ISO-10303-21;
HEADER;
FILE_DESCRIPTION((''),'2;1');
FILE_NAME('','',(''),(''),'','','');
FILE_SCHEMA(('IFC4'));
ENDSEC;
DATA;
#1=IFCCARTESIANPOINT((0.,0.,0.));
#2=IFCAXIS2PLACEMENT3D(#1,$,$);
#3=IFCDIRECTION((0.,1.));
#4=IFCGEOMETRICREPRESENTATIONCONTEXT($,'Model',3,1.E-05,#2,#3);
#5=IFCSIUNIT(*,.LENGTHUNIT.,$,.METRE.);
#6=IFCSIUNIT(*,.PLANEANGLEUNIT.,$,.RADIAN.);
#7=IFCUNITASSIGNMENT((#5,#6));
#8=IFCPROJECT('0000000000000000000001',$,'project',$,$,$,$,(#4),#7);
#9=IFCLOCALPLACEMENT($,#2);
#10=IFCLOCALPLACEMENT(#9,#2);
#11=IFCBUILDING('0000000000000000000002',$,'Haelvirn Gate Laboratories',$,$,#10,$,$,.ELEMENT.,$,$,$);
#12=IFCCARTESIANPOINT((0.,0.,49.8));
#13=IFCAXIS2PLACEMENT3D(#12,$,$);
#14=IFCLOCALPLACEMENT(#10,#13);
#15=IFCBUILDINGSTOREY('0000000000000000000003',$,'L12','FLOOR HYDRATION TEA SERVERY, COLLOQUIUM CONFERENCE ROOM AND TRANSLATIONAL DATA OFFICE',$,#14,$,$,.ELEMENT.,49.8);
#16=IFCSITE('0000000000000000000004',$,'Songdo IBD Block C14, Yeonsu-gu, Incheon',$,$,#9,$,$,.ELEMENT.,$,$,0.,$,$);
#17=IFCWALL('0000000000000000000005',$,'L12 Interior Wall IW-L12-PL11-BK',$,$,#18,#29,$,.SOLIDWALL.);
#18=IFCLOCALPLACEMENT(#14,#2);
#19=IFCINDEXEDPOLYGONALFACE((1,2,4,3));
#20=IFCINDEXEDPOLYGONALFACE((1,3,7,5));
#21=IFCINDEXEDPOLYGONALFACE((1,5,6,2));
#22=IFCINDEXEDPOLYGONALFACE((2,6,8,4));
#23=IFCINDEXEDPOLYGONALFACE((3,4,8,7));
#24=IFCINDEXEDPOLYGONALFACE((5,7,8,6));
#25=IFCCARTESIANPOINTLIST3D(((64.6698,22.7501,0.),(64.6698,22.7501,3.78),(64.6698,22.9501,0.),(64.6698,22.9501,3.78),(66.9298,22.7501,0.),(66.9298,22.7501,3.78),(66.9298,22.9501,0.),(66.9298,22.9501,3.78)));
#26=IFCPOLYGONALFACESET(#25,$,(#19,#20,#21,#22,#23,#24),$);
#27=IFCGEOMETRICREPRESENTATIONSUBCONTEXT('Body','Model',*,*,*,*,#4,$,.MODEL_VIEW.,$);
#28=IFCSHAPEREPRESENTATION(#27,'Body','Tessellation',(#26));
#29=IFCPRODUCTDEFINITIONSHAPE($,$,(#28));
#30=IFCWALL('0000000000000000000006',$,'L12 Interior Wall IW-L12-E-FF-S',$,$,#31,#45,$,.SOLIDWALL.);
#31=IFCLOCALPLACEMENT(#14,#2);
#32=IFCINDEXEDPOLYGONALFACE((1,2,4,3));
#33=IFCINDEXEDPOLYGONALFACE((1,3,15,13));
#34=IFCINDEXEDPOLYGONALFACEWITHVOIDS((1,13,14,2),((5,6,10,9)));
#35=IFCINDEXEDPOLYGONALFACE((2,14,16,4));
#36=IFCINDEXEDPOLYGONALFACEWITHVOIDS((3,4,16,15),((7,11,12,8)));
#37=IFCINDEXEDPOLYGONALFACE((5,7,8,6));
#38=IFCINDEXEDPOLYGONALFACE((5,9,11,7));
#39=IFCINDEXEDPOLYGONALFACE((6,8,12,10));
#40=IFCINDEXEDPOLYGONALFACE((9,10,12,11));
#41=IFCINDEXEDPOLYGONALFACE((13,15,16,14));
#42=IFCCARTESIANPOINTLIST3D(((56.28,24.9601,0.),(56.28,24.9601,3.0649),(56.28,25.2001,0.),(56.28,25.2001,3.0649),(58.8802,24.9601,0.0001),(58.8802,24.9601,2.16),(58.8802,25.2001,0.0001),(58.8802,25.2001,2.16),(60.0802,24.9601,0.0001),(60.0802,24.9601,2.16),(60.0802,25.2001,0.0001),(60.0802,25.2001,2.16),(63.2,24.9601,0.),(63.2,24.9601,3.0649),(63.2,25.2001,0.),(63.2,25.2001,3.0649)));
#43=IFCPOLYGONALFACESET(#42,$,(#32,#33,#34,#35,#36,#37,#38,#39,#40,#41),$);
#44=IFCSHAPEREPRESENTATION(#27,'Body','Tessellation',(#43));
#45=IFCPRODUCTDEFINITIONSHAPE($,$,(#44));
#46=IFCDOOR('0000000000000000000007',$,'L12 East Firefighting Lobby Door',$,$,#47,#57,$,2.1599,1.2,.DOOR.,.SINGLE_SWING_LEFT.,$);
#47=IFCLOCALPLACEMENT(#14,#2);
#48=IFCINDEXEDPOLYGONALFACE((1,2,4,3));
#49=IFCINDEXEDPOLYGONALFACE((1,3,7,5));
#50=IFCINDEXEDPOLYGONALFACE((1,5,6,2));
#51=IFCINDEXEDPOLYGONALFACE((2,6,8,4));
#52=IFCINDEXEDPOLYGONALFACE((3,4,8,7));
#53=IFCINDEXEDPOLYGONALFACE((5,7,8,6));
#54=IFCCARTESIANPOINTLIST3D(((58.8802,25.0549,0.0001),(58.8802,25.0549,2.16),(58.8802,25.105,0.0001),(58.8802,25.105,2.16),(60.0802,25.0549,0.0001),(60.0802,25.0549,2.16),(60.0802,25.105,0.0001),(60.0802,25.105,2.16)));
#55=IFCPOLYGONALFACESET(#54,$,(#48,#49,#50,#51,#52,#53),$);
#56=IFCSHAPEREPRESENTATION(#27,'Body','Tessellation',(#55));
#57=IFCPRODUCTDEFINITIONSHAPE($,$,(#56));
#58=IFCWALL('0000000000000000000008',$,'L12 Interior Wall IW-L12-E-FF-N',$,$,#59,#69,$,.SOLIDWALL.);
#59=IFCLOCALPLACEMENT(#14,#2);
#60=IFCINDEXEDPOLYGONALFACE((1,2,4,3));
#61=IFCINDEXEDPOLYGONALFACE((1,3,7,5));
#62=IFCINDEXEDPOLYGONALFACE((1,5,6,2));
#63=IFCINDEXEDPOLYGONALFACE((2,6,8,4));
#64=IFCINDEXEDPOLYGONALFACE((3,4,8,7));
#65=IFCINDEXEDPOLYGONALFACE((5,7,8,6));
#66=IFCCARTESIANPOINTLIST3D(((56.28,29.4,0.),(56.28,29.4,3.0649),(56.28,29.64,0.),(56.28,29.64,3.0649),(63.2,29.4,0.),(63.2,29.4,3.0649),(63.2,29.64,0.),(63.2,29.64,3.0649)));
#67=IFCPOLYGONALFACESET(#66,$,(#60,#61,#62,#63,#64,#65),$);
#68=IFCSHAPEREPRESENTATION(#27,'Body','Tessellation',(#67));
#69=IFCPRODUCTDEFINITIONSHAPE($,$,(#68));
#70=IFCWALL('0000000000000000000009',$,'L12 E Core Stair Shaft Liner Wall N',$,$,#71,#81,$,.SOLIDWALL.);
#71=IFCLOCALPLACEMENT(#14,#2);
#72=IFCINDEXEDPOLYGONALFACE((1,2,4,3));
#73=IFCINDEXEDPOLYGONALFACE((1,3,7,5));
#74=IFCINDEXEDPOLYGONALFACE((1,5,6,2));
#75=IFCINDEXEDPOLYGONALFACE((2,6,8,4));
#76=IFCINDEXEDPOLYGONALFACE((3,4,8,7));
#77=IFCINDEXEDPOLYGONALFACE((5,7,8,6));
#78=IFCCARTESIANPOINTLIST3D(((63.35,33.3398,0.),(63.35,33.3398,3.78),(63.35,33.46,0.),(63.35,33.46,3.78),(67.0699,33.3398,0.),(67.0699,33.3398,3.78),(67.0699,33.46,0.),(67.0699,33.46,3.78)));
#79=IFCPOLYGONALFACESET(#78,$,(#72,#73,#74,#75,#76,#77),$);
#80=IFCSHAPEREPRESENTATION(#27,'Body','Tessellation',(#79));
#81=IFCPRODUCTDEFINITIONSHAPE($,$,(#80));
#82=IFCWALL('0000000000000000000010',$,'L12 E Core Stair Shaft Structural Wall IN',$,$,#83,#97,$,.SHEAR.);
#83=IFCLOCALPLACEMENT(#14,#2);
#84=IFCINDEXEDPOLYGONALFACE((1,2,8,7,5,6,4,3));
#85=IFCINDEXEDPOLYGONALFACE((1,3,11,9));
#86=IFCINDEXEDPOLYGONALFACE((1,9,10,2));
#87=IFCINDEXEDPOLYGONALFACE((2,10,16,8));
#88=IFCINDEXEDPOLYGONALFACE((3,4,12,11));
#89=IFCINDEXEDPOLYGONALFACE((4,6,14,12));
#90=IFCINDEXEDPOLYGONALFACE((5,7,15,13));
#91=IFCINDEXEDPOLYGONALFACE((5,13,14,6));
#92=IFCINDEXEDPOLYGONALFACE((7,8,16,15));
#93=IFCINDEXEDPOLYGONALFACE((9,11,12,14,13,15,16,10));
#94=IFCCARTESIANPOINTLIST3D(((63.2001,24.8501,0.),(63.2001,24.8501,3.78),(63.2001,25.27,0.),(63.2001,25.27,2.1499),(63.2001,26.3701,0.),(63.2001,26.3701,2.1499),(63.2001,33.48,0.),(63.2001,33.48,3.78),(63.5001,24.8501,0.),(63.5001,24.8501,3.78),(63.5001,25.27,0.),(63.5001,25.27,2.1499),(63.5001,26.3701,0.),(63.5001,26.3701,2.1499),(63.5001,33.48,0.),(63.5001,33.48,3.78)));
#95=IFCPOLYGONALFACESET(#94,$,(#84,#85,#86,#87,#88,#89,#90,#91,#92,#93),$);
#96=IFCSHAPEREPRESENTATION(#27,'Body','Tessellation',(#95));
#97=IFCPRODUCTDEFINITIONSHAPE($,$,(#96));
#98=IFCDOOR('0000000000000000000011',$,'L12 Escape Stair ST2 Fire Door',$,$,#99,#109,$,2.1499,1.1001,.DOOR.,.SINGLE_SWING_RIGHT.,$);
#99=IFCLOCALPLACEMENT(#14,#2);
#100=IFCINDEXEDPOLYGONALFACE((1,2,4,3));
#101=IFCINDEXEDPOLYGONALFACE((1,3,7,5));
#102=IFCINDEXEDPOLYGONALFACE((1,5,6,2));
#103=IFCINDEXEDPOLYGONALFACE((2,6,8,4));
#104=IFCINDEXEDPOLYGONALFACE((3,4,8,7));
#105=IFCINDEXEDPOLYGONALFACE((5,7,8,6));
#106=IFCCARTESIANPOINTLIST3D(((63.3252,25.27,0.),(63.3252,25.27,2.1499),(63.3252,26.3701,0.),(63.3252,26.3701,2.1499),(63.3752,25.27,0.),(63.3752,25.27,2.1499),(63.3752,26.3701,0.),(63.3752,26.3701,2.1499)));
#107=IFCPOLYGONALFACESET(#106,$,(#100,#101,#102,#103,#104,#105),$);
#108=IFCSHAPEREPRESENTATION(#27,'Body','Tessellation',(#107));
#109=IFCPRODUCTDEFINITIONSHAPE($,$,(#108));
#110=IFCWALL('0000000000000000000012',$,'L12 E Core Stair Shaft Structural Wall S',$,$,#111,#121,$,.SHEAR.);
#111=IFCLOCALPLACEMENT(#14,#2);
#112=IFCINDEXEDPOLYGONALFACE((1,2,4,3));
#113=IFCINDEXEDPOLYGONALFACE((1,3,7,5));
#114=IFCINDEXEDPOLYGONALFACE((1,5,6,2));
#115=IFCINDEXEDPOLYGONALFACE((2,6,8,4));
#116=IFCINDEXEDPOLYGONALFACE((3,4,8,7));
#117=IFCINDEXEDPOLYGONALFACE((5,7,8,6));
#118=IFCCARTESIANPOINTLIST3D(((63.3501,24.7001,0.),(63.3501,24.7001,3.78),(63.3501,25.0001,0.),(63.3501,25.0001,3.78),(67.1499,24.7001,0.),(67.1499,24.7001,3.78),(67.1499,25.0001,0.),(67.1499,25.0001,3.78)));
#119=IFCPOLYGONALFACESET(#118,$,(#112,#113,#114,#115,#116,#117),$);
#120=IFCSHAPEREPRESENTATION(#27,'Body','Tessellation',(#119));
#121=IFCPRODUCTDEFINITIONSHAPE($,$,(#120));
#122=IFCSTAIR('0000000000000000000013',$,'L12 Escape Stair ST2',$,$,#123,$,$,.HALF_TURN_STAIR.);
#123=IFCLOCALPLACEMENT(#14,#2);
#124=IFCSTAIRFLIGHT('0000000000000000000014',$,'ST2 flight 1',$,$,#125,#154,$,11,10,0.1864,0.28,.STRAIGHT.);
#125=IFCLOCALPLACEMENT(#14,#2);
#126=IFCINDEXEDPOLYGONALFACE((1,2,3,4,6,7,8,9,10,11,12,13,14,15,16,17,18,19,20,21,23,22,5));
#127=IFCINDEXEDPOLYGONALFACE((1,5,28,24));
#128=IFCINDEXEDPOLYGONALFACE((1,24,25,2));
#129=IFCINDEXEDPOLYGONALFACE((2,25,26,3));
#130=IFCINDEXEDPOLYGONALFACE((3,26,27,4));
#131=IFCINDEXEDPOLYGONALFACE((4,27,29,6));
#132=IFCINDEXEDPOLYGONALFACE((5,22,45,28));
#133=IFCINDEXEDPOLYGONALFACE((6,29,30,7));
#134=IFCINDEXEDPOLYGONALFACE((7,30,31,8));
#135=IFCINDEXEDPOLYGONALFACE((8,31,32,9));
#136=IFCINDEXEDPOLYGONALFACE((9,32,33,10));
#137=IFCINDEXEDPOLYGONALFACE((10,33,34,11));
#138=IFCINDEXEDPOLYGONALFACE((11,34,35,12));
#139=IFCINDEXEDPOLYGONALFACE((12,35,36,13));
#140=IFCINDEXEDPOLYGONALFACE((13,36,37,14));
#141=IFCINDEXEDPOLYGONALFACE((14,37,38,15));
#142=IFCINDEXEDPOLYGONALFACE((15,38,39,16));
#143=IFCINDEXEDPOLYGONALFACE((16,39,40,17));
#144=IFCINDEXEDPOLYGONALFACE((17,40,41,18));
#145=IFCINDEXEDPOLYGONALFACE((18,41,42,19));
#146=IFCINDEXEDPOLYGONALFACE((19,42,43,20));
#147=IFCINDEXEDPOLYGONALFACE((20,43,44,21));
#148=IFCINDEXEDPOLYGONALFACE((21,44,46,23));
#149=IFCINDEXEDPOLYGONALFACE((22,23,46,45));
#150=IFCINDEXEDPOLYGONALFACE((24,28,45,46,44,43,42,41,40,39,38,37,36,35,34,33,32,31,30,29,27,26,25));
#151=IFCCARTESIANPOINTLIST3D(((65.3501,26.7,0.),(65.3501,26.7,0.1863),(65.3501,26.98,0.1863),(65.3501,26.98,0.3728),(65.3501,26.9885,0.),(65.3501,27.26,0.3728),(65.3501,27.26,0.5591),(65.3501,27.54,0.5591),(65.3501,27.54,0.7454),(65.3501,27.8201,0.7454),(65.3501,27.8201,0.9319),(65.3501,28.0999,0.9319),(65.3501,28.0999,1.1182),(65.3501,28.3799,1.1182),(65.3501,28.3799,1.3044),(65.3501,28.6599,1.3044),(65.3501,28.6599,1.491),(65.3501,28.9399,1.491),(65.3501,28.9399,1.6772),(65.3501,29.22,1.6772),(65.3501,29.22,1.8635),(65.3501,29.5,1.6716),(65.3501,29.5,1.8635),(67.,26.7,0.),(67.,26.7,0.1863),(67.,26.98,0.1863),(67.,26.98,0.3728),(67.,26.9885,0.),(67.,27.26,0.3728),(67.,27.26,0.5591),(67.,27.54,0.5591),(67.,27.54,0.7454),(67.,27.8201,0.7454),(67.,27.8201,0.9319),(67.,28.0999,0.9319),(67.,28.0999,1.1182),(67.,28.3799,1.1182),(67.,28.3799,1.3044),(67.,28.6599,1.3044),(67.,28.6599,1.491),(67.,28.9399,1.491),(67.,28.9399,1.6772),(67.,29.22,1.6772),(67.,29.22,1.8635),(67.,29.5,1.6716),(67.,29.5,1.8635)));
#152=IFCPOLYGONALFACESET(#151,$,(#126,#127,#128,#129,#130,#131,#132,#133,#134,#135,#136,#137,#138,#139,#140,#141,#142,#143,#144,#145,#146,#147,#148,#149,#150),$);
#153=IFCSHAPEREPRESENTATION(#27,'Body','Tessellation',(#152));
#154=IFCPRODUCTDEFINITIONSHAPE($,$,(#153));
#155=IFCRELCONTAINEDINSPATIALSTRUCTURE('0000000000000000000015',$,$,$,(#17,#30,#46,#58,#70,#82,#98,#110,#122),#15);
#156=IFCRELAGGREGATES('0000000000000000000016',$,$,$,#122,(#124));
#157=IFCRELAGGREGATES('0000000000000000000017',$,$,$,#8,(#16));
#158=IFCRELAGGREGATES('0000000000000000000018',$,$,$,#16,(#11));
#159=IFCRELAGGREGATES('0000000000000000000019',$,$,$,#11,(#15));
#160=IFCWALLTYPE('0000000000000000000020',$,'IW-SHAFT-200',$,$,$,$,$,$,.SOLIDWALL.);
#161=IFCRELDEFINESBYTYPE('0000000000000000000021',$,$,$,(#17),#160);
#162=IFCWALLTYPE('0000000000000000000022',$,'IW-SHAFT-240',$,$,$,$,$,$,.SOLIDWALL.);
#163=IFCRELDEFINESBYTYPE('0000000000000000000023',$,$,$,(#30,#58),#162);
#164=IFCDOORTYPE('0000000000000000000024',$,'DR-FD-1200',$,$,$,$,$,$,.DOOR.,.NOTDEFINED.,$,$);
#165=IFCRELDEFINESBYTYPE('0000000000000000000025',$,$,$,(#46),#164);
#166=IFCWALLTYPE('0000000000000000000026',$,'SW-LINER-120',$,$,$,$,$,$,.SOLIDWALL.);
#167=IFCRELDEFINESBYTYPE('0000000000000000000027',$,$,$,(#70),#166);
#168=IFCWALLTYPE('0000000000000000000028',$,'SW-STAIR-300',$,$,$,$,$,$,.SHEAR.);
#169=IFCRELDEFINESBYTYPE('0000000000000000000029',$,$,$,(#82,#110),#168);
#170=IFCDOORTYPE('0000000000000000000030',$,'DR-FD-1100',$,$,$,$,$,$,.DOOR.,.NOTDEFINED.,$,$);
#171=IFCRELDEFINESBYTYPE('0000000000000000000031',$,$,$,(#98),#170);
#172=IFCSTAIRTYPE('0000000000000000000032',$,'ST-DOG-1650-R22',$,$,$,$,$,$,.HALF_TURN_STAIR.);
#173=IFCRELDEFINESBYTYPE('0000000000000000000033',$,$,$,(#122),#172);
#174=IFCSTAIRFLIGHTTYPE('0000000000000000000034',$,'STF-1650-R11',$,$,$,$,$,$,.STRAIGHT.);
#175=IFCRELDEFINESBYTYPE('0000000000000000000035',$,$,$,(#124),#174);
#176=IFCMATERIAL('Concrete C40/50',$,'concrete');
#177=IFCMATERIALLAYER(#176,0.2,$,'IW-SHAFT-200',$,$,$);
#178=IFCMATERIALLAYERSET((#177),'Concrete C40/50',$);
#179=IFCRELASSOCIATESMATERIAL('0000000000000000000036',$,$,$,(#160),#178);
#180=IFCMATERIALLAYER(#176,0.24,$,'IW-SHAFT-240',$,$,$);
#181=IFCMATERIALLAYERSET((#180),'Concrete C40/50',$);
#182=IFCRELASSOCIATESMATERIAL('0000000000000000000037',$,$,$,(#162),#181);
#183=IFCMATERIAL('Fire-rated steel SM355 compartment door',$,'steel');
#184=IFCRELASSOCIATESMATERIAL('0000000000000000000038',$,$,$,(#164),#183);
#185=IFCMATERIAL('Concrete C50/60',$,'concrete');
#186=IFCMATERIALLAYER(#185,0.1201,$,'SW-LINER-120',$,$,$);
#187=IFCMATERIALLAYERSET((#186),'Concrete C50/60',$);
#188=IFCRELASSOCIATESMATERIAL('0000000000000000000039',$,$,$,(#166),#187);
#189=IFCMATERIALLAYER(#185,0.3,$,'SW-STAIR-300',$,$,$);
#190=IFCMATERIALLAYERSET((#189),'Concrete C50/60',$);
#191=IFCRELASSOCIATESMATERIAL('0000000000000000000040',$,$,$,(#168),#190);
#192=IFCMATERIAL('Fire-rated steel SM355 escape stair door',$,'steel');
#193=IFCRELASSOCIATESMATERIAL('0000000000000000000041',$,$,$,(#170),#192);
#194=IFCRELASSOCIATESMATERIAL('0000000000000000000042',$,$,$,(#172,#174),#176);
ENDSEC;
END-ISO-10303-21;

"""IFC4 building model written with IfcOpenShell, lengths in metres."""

from ifc_helpers import new_model, si_unit, direction, frame, frame_2d, origin, place, context, subcontext, project, spatial, polyline, rectangle, outline, extrude, source, transform, mapped, material, layer, layer_set, type_object, type_shapes, element, fill, aggregate, save


model = new_model("IFC4")

# Units and contexts
model_context = context("Model", 3, precision=1e-05, world=origin(), true_north=direction((0.0, 1.0)))
body_context = subcontext(model_context, "Body", "Model", "MODEL_VIEW")
ifc_project = project(units=[si_unit("LENGTHUNIT", "METRE"), si_unit("PLANEANGLEUNIT", "RADIAN")], contexts=[model_context])

# Site, building, storey
site_placement = place(None, origin())
site = spatial("IfcSite", under=ifc_project, at=site_placement, Name="Songdo IBD Block C14, Yeonsu-gu, Incheon", CompositionType="ELEMENT", RefElevation=0.0)
building_placement = place(site_placement, origin())
building = spatial("IfcBuilding", under=site, at=building_placement, Name="Haelvirn Gate Laboratories", CompositionType="ELEMENT")
storey_placement = place(building_placement, frame((0.0, 0.0, 49.8)))
storey = spatial("IfcBuildingStorey", under=building, at=storey_placement, Name="L12", Description="FLOOR HYDRATION TEA SERVERY, COLLOQUIUM CONFERENCE ROOM AND TRANSLATIONAL DATA OFFICE", CompositionType="ELEMENT", Elevation=49.8)

# Wall
ifc_material_1 = material(Name="Concrete C40/50", Category="concrete")
ifc_layer_1 = layer(ifc_material_1, 0.2, Name="IW-SHAFT-200")
ifc_layer_set_1 = layer_set([ifc_layer_1], Name="Concrete C40/50")
wall_type_1 = type_object("IfcWallType", Name="IW-SHAFT-200", PredefinedType="SOLIDWALL", material=ifc_layer_set_1)
wall_1_placement = place(storey_placement, frame((64.6699, 22.8501, 0.0), z_axis=(0.0, 0.0, 1.0), x_axis=(1.0, 0.0, 0.0)))
element("IfcWall", 1, at=wall_1_placement, inside=storey, type_object=wall_type_1, Name="L12 Interior Wall IW-L12-PL11-BK", PredefinedType="SOLIDWALL", context=body_context, shape_type="SweptSolid", body=[
    extrude(rectangle(XDim=2.26, YDim=0.2, at=frame_2d((1.1299, 0.0))), origin(), (0.0, 0.0, 1.0), 3.78),
])

# Wall, opening, door
ifc_layer_2 = layer(ifc_material_1, 0.24, Name="IW-SHAFT-240")
ifc_layer_set_2 = layer_set([ifc_layer_2], Name="Concrete C40/50")
wall_type_2 = type_object("IfcWallType", Name="IW-SHAFT-240", PredefinedType="SOLIDWALL", material=ifc_layer_set_2)
wall_2_placement = place(storey_placement, frame((56.28, 25.0801, 0.0), z_axis=(0.0, 0.0, 1.0), x_axis=(1.0, 0.0, 0.0)))
wall_2 = element("IfcWall", 2, at=wall_2_placement, inside=storey, type_object=wall_type_2, Name="L12 Interior Wall IW-L12-E-FF-S", PredefinedType="SOLIDWALL", context=body_context, shape_type="SweptSolid", body=[
    extrude(rectangle(XDim=6.9199, YDim=0.24, at=frame_2d((3.46, 0.0))), origin(), (0.0, 0.0, 1.0), 3.0649),
])
opening_1_placement = place(wall_2_placement, frame((2.6001, 0.0, 0.0)))
opening_1 = element("IfcOpeningElement", 3, at=opening_1_placement, cuts=wall_2, PredefinedType="OPENING", context=body_context, shape_type="SweptSolid", body=[
    extrude(rectangle(XDim=1.2, YDim=2.1599, at=frame_2d((0.6001, 1.0801))), frame((0.0, 0.1299, 0.0), z_axis=(0.0, -1.0, 0.0), x_axis=(1.0, 0.0, 0.0)), (0.0, 0.0, 1.0), 0.26),
])
ifc_material_2 = material(Name="Fire-rated steel SM355 compartment door", Category="steel")
door_type_1 = type_object("IfcDoorType", Name="DR-FD-1200", OperationType="NOTDEFINED", PredefinedType="DOOR", material=ifc_material_2)
shared_shape_1 = source(origin(), body_context, "Body", "SweptSolid", [
    extrude(rectangle(XDim=1.2, YDim=2.1599, at=frame_2d((0.6001, 1.0801))), frame((0.0, 0.0249, 0.0), z_axis=(0.0, -1.0, 0.0), x_axis=(1.0, 0.0, 0.0)), (0.0, 0.0, 1.0), 0.05),
])
type_shapes(door_type_1, [shared_shape_1])
door_1_placement = place(opening_1_placement, origin())
door_1 = element("IfcDoor", 4, at=door_1_placement, inside=storey, type_object=door_type_1, Name="L12 East Firefighting Lobby Door", OperationType="SINGLE_SWING_LEFT", OverallHeight=2.1599, OverallWidth=1.2, PredefinedType="DOOR", context=body_context, shape_type="MappedRepresentation", body=[
    mapped(shared_shape_1, transform((0.0, 0.0, 0.0), scale=1.0)),
])
fill(opening_1, door_1)

# Walls
wall_3_placement = place(storey_placement, frame((56.28, 29.52, 0.0), z_axis=(0.0, 0.0, 1.0), x_axis=(1.0, 0.0, 0.0)))
element("IfcWall", 5, at=wall_3_placement, inside=storey, type_object=wall_type_2, Name="L12 Interior Wall IW-L12-E-FF-N", PredefinedType="SOLIDWALL", context=body_context, shape_type="SweptSolid", body=[
    extrude(rectangle(XDim=6.9199, YDim=0.24, at=frame_2d((3.46, 0.0))), origin(), (0.0, 0.0, 1.0), 3.0649),
])
ifc_material_3 = material(Name="Concrete C50/60", Category="concrete")
ifc_layer_3 = layer(ifc_material_3, 0.1201, Name="SW-LINER-120")
ifc_layer_set_3 = layer_set([ifc_layer_3], Name="Concrete C50/60")
wall_type_3 = type_object("IfcWallType", Name="SW-LINER-120", PredefinedType="SOLIDWALL", material=ifc_layer_set_3)
wall_4_placement = place(storey_placement, frame((63.3501, 33.3999, 0.0), z_axis=(0.0, 0.0, 1.0), x_axis=(1.0, 0.0, 0.0)))
element("IfcWall", 6, at=wall_4_placement, inside=storey, type_object=wall_type_3, Name="L12 E Core Stair Shaft Liner Wall N", PredefinedType="SOLIDWALL", context=body_context, shape_type="SweptSolid", body=[
    extrude(rectangle(XDim=3.72, YDim=0.1201, at=frame_2d((1.8599, 0.0))), origin(), (0.0, 0.0, 1.0), 3.78),
])

# Wall, opening, door
ifc_layer_4 = layer(ifc_material_3, 0.3, Name="SW-STAIR-300")
ifc_layer_set_4 = layer_set([ifc_layer_4], Name="Concrete C50/60")
wall_type_4 = type_object("IfcWallType", Name="SW-STAIR-300", PredefinedType="SHEAR", material=ifc_layer_set_4)
wall_5_placement = place(storey_placement, frame((63.3501, 24.8501, 0.0), z_axis=(0.0, 0.0, 1.0), x_axis=(0.0, 1.0, 0.0)))
wall_5 = element("IfcWall", 7, at=wall_5_placement, inside=storey, type_object=wall_type_4, Name="L12 E Core Stair Shaft Structural Wall IN", PredefinedType="SHEAR", context=body_context, shape_type="SweptSolid", body=[
    extrude(rectangle(XDim=8.6299, YDim=0.3, at=frame_2d((4.3149, 0.0))), origin(), (0.0, 0.0, 1.0), 3.78),
])
opening_2_placement = place(wall_5_placement, frame((0.4199, 0.0, 0.0)))
opening_2 = element("IfcOpeningElement", 8, at=opening_2_placement, cuts=wall_5, PredefinedType="OPENING", context=body_context, shape_type="SweptSolid", body=[
    extrude(rectangle(XDim=1.1001, YDim=2.1499, at=frame_2d((0.55, 1.075))), frame((0.0, 0.1602, 0.0), z_axis=(0.0, -1.0, 0.0), x_axis=(1.0, 0.0, 0.0)), (0.0, 0.0, 1.0), 0.3201),
])
ifc_material_4 = material(Name="Fire-rated steel SM355 escape stair door", Category="steel")
door_type_2 = type_object("IfcDoorType", Name="DR-FD-1100", OperationType="NOTDEFINED", PredefinedType="DOOR", material=ifc_material_4)
shared_shape_2 = source(origin(), body_context, "Body", "SweptSolid", [
    extrude(rectangle(XDim=1.1001, YDim=2.1499, at=frame_2d((0.55, 1.075))), frame((0.0, 0.0249, 0.0), z_axis=(0.0, -1.0, 0.0), x_axis=(1.0, 0.0, 0.0)), (0.0, 0.0, 1.0), 0.05),
])
type_shapes(door_type_2, [shared_shape_2])
door_2_placement = place(opening_2_placement, origin())
door_2 = element("IfcDoor", 9, at=door_2_placement, inside=storey, type_object=door_type_2, Name="L12 Escape Stair ST2 Fire Door", OperationType="SINGLE_SWING_RIGHT", OverallHeight=2.1499, OverallWidth=1.1001, PredefinedType="DOOR", context=body_context, shape_type="MappedRepresentation", body=[
    mapped(shared_shape_2, transform((0.0, 0.0, 0.0), scale=1.0)),
])
fill(opening_2, door_2)

# Wall
wall_6_placement = place(storey_placement, frame((63.3501, 24.8501, 0.0), z_axis=(0.0, 0.0, 1.0), x_axis=(1.0, 0.0, 0.0)))
element("IfcWall", 10, at=wall_6_placement, inside=storey, type_object=wall_type_4, Name="L12 E Core Stair Shaft Structural Wall S", PredefinedType="SHEAR", context=body_context, shape_type="SweptSolid", body=[
    extrude(rectangle(XDim=3.7998, YDim=0.3, at=frame_2d((1.8999, 0.0))), origin(), (0.0, 0.0, 1.0), 3.78),
])

# Stair, stair flight
stair_type = type_object("IfcStairType", Name="ST-DOG-1650-R22", PredefinedType="HALF_TURN_STAIR", material=ifc_material_1)
stair_placement = place(storey_placement, origin())
stair = element("IfcStair", 11, at=stair_placement, inside=storey, type_object=stair_type, Name="L12 Escape Stair ST2", PredefinedType="HALF_TURN_STAIR")
stair_flight_type = type_object("IfcStairFlightType", Name="STF-1650-R11", PredefinedType="STRAIGHT", material=ifc_material_1)
shared_shape_3 = source(origin(), body_context, "Body", "SweptSolid", [
    extrude(outline(polyline([(0.0, 0.0), (0.0, 0.1863), (0.28, 0.1863), (0.28, 0.3728), (0.5601, 0.3728), (0.5601, 0.5591), (0.8401, 0.5591), (0.8401, 0.7454), (1.1201, 0.7454), (1.1201, 0.9319), (1.3999, 0.9319), (1.3999, 1.1182), (1.6799, 1.1182), (1.6799, 1.3044), (1.96, 1.3044), (1.96, 1.491), (2.24, 1.491), (2.24, 1.6772), (2.52, 1.6772), (2.52, 1.8635), (2.8, 1.8635), (2.8, 2.05), (2.8, 1.6716), (0.2886, 0.0), (0.0, 0.0)])), frame((0.0, 0.825, 0.0), z_axis=(0.0, -1.0, 0.0), x_axis=(1.0, 0.0, 0.0)), (0.0, 0.0, 1.0), 1.6499),
])
type_shapes(stair_flight_type, [shared_shape_3])
stair_flight_1_placement = place(storey_placement, frame((66.175, 26.7, 0.0), z_axis=(0.0, 0.0, 1.0), x_axis=(0.0, 1.0, 0.0)))
stair_flight_1 = element("IfcStairFlight", 12, at=stair_flight_1_placement, type_object=stair_flight_type, Name="ST2 flight 1", NumberOfRisers=11, NumberOfTreads=10, PredefinedType="STRAIGHT", RiserHeight=0.1864, TreadLength=0.28, context=body_context, shape_type="MappedRepresentation", body=[
    mapped(shared_shape_3, transform((0.0, 0.0, 0.0), scale=1.0)),
])
aggregate(stair, [stair_flight_1])

save(model, "model.ifc")
